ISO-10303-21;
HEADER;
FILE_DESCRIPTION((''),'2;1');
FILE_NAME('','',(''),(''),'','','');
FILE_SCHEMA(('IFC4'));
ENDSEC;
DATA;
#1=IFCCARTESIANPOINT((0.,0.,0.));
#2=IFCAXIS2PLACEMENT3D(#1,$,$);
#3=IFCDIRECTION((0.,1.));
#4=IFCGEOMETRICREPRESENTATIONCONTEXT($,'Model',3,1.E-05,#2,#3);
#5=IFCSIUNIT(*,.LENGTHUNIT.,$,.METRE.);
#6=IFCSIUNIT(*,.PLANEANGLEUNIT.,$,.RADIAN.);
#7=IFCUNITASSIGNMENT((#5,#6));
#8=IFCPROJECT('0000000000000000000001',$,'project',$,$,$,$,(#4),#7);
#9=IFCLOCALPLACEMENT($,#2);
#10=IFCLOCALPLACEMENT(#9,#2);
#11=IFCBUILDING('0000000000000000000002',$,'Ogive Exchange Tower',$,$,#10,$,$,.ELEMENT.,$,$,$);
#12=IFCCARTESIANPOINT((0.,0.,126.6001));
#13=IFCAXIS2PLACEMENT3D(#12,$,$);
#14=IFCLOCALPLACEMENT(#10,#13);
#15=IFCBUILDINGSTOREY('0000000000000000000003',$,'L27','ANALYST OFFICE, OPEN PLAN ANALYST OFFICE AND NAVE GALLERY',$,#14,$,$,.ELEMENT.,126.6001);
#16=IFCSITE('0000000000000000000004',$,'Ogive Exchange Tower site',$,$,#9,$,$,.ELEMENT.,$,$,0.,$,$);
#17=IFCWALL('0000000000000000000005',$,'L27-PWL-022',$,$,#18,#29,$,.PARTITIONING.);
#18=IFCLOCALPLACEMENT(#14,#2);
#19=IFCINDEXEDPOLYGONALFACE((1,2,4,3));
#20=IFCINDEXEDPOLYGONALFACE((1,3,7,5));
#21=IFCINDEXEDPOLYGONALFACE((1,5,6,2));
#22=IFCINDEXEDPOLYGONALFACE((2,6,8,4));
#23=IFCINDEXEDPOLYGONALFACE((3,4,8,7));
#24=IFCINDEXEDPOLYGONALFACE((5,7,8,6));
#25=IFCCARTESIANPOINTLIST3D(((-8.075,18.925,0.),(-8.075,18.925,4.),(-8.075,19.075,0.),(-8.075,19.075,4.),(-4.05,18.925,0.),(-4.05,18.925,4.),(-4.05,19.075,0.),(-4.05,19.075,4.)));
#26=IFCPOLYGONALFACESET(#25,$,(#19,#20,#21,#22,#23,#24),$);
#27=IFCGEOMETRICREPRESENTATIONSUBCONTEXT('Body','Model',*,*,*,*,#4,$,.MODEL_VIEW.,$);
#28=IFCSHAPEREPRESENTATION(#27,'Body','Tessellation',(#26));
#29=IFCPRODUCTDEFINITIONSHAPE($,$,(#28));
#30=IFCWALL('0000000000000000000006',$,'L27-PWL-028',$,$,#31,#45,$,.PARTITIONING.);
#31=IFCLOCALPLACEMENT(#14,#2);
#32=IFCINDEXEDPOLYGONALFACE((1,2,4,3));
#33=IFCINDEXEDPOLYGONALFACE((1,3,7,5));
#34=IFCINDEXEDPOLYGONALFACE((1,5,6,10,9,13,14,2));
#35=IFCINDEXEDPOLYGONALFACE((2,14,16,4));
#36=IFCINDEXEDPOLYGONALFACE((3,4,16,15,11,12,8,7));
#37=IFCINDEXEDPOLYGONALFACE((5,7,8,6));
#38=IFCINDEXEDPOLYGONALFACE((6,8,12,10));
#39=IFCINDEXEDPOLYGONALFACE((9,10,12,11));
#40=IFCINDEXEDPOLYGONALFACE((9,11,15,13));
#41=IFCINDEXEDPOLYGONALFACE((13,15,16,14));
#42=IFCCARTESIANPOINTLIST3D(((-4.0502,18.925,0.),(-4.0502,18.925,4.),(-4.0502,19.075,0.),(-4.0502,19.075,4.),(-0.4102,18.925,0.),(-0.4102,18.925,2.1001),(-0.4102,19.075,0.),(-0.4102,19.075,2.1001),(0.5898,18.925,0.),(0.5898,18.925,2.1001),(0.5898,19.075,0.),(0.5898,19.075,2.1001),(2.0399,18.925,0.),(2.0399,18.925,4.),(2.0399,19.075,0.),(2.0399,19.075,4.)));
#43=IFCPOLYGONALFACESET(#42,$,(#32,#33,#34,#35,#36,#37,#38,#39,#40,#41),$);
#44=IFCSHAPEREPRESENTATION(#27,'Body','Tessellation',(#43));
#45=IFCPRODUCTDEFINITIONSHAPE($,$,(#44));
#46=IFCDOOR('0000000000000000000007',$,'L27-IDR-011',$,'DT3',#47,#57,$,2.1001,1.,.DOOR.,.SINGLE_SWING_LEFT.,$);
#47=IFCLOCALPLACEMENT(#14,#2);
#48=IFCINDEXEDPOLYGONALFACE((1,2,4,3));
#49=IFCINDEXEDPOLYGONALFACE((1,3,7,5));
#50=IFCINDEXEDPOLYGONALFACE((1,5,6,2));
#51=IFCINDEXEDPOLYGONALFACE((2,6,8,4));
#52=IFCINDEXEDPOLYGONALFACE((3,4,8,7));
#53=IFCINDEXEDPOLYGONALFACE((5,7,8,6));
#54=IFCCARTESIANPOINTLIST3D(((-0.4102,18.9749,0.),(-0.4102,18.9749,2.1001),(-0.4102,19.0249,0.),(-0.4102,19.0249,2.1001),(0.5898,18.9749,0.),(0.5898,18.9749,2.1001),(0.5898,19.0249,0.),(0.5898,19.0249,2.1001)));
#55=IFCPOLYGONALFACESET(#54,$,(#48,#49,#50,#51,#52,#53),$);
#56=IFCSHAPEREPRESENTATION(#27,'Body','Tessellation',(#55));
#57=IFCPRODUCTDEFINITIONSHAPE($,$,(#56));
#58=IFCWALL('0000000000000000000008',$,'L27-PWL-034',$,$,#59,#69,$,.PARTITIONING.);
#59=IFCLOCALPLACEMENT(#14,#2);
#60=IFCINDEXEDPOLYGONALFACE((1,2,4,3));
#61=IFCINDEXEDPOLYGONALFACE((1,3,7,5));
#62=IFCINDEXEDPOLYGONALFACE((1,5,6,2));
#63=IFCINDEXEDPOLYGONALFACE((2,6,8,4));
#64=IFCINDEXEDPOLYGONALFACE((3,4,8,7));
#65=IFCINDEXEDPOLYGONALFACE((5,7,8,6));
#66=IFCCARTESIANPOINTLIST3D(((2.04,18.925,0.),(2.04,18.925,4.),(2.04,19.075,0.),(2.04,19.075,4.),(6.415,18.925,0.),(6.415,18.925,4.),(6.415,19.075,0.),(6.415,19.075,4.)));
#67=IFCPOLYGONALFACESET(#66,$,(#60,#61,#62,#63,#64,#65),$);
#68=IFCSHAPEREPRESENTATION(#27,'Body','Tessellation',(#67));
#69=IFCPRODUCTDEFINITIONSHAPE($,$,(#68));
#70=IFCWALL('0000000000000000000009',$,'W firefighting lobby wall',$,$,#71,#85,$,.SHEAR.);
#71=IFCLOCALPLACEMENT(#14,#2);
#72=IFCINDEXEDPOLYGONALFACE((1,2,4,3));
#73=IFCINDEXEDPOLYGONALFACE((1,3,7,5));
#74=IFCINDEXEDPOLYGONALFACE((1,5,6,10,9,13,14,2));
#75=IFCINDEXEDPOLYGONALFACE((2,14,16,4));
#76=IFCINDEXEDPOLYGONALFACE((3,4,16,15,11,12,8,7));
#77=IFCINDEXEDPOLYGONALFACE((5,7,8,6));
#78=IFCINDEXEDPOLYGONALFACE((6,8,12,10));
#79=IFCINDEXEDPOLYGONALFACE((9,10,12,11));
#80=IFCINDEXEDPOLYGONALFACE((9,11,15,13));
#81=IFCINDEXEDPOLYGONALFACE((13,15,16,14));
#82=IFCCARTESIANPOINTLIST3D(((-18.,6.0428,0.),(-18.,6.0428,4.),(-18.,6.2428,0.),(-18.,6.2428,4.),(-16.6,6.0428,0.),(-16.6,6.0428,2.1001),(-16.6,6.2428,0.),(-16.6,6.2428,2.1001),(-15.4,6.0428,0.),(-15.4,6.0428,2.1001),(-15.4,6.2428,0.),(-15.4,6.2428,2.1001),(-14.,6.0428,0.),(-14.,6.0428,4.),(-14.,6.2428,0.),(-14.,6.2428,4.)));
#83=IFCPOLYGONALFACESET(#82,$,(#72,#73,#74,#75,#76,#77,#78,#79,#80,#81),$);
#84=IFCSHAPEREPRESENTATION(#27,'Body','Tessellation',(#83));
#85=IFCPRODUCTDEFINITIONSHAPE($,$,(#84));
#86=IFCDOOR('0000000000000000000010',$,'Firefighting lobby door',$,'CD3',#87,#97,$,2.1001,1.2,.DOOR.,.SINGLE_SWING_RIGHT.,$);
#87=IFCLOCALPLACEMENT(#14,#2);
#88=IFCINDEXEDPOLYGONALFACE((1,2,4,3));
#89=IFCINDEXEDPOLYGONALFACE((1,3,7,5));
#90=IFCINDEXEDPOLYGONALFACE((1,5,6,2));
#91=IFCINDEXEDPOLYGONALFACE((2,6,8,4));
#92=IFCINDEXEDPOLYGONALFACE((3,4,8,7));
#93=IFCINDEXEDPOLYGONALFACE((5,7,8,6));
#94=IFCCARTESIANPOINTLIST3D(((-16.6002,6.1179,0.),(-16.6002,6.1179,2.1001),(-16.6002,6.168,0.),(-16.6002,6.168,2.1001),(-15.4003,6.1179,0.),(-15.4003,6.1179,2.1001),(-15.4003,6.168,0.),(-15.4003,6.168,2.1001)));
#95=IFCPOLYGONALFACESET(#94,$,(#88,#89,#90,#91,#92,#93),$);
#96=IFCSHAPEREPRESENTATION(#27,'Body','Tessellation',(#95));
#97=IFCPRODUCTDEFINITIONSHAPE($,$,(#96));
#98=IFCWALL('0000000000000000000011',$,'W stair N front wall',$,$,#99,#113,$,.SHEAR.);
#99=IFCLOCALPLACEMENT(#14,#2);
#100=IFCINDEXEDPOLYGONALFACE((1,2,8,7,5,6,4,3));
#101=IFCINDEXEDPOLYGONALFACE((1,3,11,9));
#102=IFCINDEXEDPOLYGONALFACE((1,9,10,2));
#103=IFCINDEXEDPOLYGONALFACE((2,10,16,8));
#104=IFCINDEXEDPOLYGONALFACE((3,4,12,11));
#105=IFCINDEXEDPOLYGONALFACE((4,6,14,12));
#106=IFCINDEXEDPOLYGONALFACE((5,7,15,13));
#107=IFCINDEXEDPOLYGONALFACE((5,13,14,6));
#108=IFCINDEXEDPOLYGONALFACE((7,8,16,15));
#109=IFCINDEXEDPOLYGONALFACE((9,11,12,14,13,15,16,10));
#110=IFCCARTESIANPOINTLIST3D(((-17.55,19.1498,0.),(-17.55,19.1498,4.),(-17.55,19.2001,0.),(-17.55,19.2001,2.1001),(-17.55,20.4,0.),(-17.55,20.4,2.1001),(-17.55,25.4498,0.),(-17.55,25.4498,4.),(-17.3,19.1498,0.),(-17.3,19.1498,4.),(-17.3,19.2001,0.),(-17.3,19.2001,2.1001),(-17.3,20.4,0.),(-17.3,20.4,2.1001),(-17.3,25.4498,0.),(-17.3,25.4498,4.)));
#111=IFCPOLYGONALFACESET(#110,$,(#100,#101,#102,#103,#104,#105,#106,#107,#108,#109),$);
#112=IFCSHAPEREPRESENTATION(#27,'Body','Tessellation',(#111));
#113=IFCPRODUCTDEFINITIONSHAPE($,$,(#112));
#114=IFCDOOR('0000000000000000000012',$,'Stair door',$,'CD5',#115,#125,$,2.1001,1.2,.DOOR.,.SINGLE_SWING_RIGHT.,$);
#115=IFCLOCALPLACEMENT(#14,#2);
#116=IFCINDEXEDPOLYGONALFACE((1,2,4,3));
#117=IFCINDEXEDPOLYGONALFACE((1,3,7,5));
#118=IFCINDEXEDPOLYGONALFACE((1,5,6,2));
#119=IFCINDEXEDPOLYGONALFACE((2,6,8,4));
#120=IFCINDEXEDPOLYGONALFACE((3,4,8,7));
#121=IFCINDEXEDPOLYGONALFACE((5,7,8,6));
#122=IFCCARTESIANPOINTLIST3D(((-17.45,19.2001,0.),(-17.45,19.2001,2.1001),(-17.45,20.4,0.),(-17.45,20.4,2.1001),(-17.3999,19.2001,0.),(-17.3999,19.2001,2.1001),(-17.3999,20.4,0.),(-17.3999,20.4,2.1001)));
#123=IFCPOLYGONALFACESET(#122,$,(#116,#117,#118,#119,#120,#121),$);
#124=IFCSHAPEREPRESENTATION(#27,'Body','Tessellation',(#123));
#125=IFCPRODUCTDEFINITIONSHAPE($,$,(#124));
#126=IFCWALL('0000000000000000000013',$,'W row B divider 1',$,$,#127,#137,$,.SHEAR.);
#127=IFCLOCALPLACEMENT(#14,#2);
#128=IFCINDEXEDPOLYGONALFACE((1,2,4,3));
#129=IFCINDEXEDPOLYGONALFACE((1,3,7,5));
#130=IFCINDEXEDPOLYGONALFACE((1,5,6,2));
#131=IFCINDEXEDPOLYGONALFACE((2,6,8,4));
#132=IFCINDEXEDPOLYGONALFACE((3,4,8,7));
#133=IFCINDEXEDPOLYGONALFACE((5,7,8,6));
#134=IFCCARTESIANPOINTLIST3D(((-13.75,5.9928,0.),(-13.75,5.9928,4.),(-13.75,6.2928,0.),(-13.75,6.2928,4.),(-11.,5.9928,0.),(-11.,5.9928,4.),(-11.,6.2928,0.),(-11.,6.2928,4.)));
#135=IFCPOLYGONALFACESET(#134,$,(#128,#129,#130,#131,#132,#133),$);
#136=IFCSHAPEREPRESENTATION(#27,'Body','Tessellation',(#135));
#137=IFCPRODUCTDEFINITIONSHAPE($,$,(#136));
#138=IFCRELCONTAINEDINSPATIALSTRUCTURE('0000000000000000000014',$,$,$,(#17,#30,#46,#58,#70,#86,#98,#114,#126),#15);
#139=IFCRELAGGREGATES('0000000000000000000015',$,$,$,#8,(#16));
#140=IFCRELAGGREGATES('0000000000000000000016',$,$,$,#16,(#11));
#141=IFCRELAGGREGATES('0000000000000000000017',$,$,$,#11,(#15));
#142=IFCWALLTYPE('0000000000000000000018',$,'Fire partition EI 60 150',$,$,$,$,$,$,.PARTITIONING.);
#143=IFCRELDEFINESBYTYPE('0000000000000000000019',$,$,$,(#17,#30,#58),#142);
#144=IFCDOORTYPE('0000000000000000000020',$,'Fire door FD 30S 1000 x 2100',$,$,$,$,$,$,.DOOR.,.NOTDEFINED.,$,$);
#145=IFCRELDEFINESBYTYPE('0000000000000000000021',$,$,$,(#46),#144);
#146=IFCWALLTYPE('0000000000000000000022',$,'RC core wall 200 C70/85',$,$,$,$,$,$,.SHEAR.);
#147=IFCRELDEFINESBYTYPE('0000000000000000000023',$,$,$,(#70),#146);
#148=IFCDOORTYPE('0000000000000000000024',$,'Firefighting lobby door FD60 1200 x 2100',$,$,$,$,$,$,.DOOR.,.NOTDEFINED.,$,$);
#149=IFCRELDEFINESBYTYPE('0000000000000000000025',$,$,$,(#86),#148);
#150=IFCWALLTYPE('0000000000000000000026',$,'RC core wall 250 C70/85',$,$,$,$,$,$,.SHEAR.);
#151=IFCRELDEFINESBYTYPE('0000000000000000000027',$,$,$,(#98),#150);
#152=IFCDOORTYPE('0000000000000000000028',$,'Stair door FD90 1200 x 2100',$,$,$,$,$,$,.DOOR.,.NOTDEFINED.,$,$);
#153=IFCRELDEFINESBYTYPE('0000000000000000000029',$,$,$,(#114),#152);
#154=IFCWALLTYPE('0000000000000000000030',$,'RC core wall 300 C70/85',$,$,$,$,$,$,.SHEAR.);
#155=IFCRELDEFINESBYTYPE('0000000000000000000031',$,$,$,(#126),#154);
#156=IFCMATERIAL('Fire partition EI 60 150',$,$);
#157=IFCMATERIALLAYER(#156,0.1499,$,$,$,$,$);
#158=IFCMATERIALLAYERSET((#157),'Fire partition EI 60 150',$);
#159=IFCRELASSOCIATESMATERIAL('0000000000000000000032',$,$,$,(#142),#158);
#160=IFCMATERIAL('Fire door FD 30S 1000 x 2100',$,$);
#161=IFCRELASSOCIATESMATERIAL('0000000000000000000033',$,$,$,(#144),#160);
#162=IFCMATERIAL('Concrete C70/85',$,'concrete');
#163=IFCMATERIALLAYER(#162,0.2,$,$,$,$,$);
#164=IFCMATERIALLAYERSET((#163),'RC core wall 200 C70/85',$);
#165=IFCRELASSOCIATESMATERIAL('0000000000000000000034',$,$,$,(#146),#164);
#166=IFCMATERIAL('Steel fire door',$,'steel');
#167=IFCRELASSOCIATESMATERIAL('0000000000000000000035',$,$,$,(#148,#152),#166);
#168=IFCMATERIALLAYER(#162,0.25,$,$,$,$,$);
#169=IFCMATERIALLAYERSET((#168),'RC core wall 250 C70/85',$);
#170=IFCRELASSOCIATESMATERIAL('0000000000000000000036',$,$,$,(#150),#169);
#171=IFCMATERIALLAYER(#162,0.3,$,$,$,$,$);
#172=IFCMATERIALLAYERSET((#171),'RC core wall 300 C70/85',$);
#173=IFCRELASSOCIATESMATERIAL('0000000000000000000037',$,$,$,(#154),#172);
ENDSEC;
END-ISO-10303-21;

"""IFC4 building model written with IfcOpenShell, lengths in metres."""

from ifc_helpers import new_model, si_unit, direction, frame, frame_2d, origin, place, context, subcontext, project, spatial, rectangle, extrude, material, layer, layer_set, type_object, element, fill, save


model = new_model("IFC4")

# Units and contexts
model_context = context("Model", 3, precision=1e-05, world=origin(), true_north=direction((0.0, 1.0)))
body_context = subcontext(model_context, "Body", "Model", "MODEL_VIEW")
ifc_project = project(units=[si_unit("LENGTHUNIT", "METRE"), si_unit("PLANEANGLEUNIT", "RADIAN")], contexts=[model_context])

# Site, building, storey
site_placement = place(None, origin())
site = spatial("IfcSite", under=ifc_project, at=site_placement, Name="Ogive Exchange Tower site", CompositionType="ELEMENT", RefElevation=0.0)
building_placement = place(site_placement, origin())
building = spatial("IfcBuilding", under=site, at=building_placement, Name="Ogive Exchange Tower", CompositionType="ELEMENT")
storey_placement = place(building_placement, frame((0.0, 0.0, 126.6001)))
storey = spatial("IfcBuildingStorey", under=building, at=storey_placement, Name="L27", Description="ANALYST OFFICE, OPEN PLAN ANALYST OFFICE AND NAVE GALLERY", CompositionType="ELEMENT", Elevation=126.6001)

# Wall
ifc_material_1 = material(Name="Fire partition EI 60 150")
ifc_layer_1 = layer(ifc_material_1, 0.1499)
ifc_layer_set_1 = layer_set([ifc_layer_1], Name="Fire partition EI 60 150")
wall_type_1 = type_object("IfcWallType", Name="Fire partition EI 60 150", PredefinedType="PARTITIONING", material=ifc_layer_set_1)
wall_1_placement = place(storey_placement, frame((-8.075, 19.0, 0.0), z_axis=(0.0, 0.0, 1.0), x_axis=(1.0, 0.0, 0.0)))
element("IfcWall", 1, at=wall_1_placement, inside=storey, type_object=wall_type_1, Name="L27-PWL-022", PredefinedType="PARTITIONING", context=body_context, shape_type="SweptSolid", body=[
    extrude(rectangle(XDim=4.0249, YDim=0.1499, at=frame_2d((2.0125, 0.0))), origin(), (0.0, 0.0, 1.0), 4.0),
])

# Wall, opening, door
wall_2_placement = place(storey_placement, frame((-4.05, 19.0, 0.0), z_axis=(0.0, 0.0, 1.0), x_axis=(1.0, 0.0, 0.0)))
wall_2 = element("IfcWall", 2, at=wall_2_placement, inside=storey, type_object=wall_type_1, Name="L27-PWL-028", PredefinedType="PARTITIONING", context=body_context, shape_type="SweptSolid", body=[
    extrude(rectangle(XDim=6.0901, YDim=0.1499, at=frame_2d((3.0449, 0.0))), origin(), (0.0, 0.0, 1.0), 4.0),
])
opening_1_placement = place(wall_2_placement, frame((3.6399, 0.0, 0.0)))
opening_1 = element("IfcOpeningElement", 3, at=opening_1_placement, cuts=wall_2, PredefinedType="OPENING", context=body_context, shape_type="SweptSolid", body=[
    extrude(rectangle(XDim=1.0, YDim=2.1001, at=frame_2d((0.5, 1.05))), frame((0.0, 0.085, 0.0), z_axis=(0.0, -1.0, 0.0), x_axis=(1.0, 0.0, 0.0)), (0.0, 0.0, 1.0), 0.1699),
])
ifc_material_2 = material(Name="Fire door FD 30S 1000 x 2100")
door_type_1 = type_object("IfcDoorType", Name="Fire door FD 30S 1000 x 2100", OperationType="NOTDEFINED", PredefinedType="DOOR", material=ifc_material_2)
door_1_placement = place(opening_1_placement, origin())
door_1 = element("IfcDoor", 4, at=door_1_placement, inside=storey, type_object=door_type_1, Name="L27-IDR-011", ObjectType="DT3", OperationType="SINGLE_SWING_LEFT", OverallHeight=2.1001, OverallWidth=1.0, PredefinedType="DOOR", context=body_context, shape_type="SweptSolid", body=[
    extrude(rectangle(XDim=1.0, YDim=2.1001, at=frame_2d((0.5, 1.05))), frame((0.0, 0.0249, 0.0), z_axis=(0.0, -1.0, 0.0), x_axis=(1.0, 0.0, 0.0)), (0.0, 0.0, 1.0), 0.05),
])
fill(opening_1, door_1)

# Wall
wall_3_placement = place(storey_placement, frame((2.04, 19.0, 0.0), z_axis=(0.0, 0.0, 1.0), x_axis=(1.0, 0.0, 0.0)))
element("IfcWall", 5, at=wall_3_placement, inside=storey, type_object=wall_type_1, Name="L27-PWL-034", PredefinedType="PARTITIONING", context=body_context, shape_type="SweptSolid", body=[
    extrude(rectangle(XDim=4.375, YDim=0.1499, at=frame_2d((2.1875, 0.0))), origin(), (0.0, 0.0, 1.0), 4.0),
])

# Walls, openings, doors
ifc_material_3 = material(Name="Concrete C70/85", Category="concrete")
ifc_layer_2 = layer(ifc_material_3, 0.2)
ifc_layer_set_2 = layer_set([ifc_layer_2], Name="RC core wall 200 C70/85")
wall_type_2 = type_object("IfcWallType", Name="RC core wall 200 C70/85", PredefinedType="SHEAR", material=ifc_layer_set_2)
wall_4_placement = place(storey_placement, frame((-18.0, 6.1428, 0.0), z_axis=(0.0, 0.0, 1.0), x_axis=(1.0, 0.0, 0.0)))
wall_4 = element("IfcWall", 6, at=wall_4_placement, inside=storey, type_object=wall_type_2, Name="W firefighting lobby wall", PredefinedType="SHEAR", context=body_context, shape_type="SweptSolid", body=[
    extrude(rectangle(XDim=4.0, YDim=0.2, at=frame_2d((2.0, 0.0))), origin(), (0.0, 0.0, 1.0), 4.0),
])
opening_2_placement = place(wall_4_placement, frame((1.3999, 0.0, 0.0)))
opening_2 = element("IfcOpeningElement", 7, at=opening_2_placement, cuts=wall_4, PredefinedType="OPENING", context=body_context, shape_type="SweptSolid", body=[
    extrude(rectangle(XDim=1.2, YDim=2.1001, at=frame_2d((0.6001, 1.05))), frame((0.0, 0.1099, 0.0), z_axis=(0.0, -1.0, 0.0), x_axis=(1.0, 0.0, 0.0)), (0.0, 0.0, 1.0), 0.22),
])
ifc_material_4 = material(Name="Steel fire door", Category="steel")
door_type_2 = type_object("IfcDoorType", Name="Firefighting lobby door FD60 1200 x 2100", OperationType="NOTDEFINED", PredefinedType="DOOR", material=ifc_material_4)
door_2_placement = place(opening_2_placement, frame((1.2, 0.0, 0.0), z_axis=(0.0, 0.0, 1.0), x_axis=(-1.0, 0.0, 0.0)))
door_2 = element("IfcDoor", 8, at=door_2_placement, inside=storey, type_object=door_type_2, Name="Firefighting lobby door", ObjectType="CD3", OperationType="SINGLE_SWING_RIGHT", OverallHeight=2.1001, OverallWidth=1.2, PredefinedType="DOOR", context=body_context, shape_type="SweptSolid", body=[
    extrude(rectangle(XDim=1.2, YDim=2.1001, at=frame_2d((0.6001, 1.05))), frame((0.0, 0.0249, 0.0), z_axis=(0.0, -1.0, 0.0), x_axis=(1.0, 0.0, 0.0)), (0.0, 0.0, 1.0), 0.05),
])
fill(opening_2, door_2)
ifc_layer_3 = layer(ifc_material_3, 0.25)
ifc_layer_set_3 = layer_set([ifc_layer_3], Name="RC core wall 250 C70/85")
wall_type_3 = type_object("IfcWallType", Name="RC core wall 250 C70/85", PredefinedType="SHEAR", material=ifc_layer_set_3)
wall_5_placement = place(storey_placement, frame((-17.425, 19.1499, 0.0), z_axis=(0.0, 0.0, 1.0), x_axis=(0.0, 1.0, 0.0)))
wall_5 = element("IfcWall", 9, at=wall_5_placement, inside=storey, type_object=wall_type_3, Name="W stair N front wall", PredefinedType="SHEAR", context=body_context, shape_type="SweptSolid", body=[
    extrude(rectangle(XDim=6.3, YDim=0.25, at=frame_2d((3.1499, 0.0))), origin(), (0.0, 0.0, 1.0), 4.0),
])
opening_3_placement = place(wall_5_placement, frame((0.05, 0.0, 0.0)))
opening_3 = element("IfcOpeningElement", 10, at=opening_3_placement, cuts=wall_5, PredefinedType="OPENING", context=body_context, shape_type="SweptSolid", body=[
    extrude(rectangle(XDim=1.2, YDim=2.1001, at=frame_2d((0.6001, 1.05))), frame((0.0, 0.135, 0.0), z_axis=(0.0, -1.0, 0.0), x_axis=(1.0, 0.0, 0.0)), (0.0, 0.0, 1.0), 0.27),
])
door_type_3 = type_object("IfcDoorType", Name="Stair door FD90 1200 x 2100", OperationType="NOTDEFINED", PredefinedType="DOOR", material=ifc_material_4)
door_3_placement = place(opening_3_placement, origin())
door_3 = element("IfcDoor", 11, at=door_3_placement, inside=storey, type_object=door_type_3, Name="Stair door", ObjectType="CD5", OperationType="SINGLE_SWING_RIGHT", OverallHeight=2.1001, OverallWidth=1.2, PredefinedType="DOOR", context=body_context, shape_type="SweptSolid", body=[
    extrude(rectangle(XDim=1.2, YDim=2.1001, at=frame_2d((0.6001, 1.05))), frame((0.0, 0.0249, 0.0), z_axis=(0.0, -1.0, 0.0), x_axis=(1.0, 0.0, 0.0)), (0.0, 0.0, 1.0), 0.05),
])
fill(opening_3, door_3)

# Wall
ifc_layer_4 = layer(ifc_material_3, 0.3)
ifc_layer_set_4 = layer_set([ifc_layer_4], Name="RC core wall 300 C70/85")
wall_type_4 = type_object("IfcWallType", Name="RC core wall 300 C70/85", PredefinedType="SHEAR", material=ifc_layer_set_4)
wall_6_placement = place(storey_placement, frame((-13.75, 6.1428, 0.0), z_axis=(0.0, 0.0, 1.0), x_axis=(1.0, 0.0, 0.0)))
element("IfcWall", 12, at=wall_6_placement, inside=storey, type_object=wall_type_4, Name="W row B divider 1", PredefinedType="SHEAR", context=body_context, shape_type="SweptSolid", body=[
    extrude(rectangle(XDim=2.75, YDim=0.3, at=frame_2d((1.375, 0.0))), origin(), (0.0, 0.0, 1.0), 4.0),
])

save(model, "model.ifc")
